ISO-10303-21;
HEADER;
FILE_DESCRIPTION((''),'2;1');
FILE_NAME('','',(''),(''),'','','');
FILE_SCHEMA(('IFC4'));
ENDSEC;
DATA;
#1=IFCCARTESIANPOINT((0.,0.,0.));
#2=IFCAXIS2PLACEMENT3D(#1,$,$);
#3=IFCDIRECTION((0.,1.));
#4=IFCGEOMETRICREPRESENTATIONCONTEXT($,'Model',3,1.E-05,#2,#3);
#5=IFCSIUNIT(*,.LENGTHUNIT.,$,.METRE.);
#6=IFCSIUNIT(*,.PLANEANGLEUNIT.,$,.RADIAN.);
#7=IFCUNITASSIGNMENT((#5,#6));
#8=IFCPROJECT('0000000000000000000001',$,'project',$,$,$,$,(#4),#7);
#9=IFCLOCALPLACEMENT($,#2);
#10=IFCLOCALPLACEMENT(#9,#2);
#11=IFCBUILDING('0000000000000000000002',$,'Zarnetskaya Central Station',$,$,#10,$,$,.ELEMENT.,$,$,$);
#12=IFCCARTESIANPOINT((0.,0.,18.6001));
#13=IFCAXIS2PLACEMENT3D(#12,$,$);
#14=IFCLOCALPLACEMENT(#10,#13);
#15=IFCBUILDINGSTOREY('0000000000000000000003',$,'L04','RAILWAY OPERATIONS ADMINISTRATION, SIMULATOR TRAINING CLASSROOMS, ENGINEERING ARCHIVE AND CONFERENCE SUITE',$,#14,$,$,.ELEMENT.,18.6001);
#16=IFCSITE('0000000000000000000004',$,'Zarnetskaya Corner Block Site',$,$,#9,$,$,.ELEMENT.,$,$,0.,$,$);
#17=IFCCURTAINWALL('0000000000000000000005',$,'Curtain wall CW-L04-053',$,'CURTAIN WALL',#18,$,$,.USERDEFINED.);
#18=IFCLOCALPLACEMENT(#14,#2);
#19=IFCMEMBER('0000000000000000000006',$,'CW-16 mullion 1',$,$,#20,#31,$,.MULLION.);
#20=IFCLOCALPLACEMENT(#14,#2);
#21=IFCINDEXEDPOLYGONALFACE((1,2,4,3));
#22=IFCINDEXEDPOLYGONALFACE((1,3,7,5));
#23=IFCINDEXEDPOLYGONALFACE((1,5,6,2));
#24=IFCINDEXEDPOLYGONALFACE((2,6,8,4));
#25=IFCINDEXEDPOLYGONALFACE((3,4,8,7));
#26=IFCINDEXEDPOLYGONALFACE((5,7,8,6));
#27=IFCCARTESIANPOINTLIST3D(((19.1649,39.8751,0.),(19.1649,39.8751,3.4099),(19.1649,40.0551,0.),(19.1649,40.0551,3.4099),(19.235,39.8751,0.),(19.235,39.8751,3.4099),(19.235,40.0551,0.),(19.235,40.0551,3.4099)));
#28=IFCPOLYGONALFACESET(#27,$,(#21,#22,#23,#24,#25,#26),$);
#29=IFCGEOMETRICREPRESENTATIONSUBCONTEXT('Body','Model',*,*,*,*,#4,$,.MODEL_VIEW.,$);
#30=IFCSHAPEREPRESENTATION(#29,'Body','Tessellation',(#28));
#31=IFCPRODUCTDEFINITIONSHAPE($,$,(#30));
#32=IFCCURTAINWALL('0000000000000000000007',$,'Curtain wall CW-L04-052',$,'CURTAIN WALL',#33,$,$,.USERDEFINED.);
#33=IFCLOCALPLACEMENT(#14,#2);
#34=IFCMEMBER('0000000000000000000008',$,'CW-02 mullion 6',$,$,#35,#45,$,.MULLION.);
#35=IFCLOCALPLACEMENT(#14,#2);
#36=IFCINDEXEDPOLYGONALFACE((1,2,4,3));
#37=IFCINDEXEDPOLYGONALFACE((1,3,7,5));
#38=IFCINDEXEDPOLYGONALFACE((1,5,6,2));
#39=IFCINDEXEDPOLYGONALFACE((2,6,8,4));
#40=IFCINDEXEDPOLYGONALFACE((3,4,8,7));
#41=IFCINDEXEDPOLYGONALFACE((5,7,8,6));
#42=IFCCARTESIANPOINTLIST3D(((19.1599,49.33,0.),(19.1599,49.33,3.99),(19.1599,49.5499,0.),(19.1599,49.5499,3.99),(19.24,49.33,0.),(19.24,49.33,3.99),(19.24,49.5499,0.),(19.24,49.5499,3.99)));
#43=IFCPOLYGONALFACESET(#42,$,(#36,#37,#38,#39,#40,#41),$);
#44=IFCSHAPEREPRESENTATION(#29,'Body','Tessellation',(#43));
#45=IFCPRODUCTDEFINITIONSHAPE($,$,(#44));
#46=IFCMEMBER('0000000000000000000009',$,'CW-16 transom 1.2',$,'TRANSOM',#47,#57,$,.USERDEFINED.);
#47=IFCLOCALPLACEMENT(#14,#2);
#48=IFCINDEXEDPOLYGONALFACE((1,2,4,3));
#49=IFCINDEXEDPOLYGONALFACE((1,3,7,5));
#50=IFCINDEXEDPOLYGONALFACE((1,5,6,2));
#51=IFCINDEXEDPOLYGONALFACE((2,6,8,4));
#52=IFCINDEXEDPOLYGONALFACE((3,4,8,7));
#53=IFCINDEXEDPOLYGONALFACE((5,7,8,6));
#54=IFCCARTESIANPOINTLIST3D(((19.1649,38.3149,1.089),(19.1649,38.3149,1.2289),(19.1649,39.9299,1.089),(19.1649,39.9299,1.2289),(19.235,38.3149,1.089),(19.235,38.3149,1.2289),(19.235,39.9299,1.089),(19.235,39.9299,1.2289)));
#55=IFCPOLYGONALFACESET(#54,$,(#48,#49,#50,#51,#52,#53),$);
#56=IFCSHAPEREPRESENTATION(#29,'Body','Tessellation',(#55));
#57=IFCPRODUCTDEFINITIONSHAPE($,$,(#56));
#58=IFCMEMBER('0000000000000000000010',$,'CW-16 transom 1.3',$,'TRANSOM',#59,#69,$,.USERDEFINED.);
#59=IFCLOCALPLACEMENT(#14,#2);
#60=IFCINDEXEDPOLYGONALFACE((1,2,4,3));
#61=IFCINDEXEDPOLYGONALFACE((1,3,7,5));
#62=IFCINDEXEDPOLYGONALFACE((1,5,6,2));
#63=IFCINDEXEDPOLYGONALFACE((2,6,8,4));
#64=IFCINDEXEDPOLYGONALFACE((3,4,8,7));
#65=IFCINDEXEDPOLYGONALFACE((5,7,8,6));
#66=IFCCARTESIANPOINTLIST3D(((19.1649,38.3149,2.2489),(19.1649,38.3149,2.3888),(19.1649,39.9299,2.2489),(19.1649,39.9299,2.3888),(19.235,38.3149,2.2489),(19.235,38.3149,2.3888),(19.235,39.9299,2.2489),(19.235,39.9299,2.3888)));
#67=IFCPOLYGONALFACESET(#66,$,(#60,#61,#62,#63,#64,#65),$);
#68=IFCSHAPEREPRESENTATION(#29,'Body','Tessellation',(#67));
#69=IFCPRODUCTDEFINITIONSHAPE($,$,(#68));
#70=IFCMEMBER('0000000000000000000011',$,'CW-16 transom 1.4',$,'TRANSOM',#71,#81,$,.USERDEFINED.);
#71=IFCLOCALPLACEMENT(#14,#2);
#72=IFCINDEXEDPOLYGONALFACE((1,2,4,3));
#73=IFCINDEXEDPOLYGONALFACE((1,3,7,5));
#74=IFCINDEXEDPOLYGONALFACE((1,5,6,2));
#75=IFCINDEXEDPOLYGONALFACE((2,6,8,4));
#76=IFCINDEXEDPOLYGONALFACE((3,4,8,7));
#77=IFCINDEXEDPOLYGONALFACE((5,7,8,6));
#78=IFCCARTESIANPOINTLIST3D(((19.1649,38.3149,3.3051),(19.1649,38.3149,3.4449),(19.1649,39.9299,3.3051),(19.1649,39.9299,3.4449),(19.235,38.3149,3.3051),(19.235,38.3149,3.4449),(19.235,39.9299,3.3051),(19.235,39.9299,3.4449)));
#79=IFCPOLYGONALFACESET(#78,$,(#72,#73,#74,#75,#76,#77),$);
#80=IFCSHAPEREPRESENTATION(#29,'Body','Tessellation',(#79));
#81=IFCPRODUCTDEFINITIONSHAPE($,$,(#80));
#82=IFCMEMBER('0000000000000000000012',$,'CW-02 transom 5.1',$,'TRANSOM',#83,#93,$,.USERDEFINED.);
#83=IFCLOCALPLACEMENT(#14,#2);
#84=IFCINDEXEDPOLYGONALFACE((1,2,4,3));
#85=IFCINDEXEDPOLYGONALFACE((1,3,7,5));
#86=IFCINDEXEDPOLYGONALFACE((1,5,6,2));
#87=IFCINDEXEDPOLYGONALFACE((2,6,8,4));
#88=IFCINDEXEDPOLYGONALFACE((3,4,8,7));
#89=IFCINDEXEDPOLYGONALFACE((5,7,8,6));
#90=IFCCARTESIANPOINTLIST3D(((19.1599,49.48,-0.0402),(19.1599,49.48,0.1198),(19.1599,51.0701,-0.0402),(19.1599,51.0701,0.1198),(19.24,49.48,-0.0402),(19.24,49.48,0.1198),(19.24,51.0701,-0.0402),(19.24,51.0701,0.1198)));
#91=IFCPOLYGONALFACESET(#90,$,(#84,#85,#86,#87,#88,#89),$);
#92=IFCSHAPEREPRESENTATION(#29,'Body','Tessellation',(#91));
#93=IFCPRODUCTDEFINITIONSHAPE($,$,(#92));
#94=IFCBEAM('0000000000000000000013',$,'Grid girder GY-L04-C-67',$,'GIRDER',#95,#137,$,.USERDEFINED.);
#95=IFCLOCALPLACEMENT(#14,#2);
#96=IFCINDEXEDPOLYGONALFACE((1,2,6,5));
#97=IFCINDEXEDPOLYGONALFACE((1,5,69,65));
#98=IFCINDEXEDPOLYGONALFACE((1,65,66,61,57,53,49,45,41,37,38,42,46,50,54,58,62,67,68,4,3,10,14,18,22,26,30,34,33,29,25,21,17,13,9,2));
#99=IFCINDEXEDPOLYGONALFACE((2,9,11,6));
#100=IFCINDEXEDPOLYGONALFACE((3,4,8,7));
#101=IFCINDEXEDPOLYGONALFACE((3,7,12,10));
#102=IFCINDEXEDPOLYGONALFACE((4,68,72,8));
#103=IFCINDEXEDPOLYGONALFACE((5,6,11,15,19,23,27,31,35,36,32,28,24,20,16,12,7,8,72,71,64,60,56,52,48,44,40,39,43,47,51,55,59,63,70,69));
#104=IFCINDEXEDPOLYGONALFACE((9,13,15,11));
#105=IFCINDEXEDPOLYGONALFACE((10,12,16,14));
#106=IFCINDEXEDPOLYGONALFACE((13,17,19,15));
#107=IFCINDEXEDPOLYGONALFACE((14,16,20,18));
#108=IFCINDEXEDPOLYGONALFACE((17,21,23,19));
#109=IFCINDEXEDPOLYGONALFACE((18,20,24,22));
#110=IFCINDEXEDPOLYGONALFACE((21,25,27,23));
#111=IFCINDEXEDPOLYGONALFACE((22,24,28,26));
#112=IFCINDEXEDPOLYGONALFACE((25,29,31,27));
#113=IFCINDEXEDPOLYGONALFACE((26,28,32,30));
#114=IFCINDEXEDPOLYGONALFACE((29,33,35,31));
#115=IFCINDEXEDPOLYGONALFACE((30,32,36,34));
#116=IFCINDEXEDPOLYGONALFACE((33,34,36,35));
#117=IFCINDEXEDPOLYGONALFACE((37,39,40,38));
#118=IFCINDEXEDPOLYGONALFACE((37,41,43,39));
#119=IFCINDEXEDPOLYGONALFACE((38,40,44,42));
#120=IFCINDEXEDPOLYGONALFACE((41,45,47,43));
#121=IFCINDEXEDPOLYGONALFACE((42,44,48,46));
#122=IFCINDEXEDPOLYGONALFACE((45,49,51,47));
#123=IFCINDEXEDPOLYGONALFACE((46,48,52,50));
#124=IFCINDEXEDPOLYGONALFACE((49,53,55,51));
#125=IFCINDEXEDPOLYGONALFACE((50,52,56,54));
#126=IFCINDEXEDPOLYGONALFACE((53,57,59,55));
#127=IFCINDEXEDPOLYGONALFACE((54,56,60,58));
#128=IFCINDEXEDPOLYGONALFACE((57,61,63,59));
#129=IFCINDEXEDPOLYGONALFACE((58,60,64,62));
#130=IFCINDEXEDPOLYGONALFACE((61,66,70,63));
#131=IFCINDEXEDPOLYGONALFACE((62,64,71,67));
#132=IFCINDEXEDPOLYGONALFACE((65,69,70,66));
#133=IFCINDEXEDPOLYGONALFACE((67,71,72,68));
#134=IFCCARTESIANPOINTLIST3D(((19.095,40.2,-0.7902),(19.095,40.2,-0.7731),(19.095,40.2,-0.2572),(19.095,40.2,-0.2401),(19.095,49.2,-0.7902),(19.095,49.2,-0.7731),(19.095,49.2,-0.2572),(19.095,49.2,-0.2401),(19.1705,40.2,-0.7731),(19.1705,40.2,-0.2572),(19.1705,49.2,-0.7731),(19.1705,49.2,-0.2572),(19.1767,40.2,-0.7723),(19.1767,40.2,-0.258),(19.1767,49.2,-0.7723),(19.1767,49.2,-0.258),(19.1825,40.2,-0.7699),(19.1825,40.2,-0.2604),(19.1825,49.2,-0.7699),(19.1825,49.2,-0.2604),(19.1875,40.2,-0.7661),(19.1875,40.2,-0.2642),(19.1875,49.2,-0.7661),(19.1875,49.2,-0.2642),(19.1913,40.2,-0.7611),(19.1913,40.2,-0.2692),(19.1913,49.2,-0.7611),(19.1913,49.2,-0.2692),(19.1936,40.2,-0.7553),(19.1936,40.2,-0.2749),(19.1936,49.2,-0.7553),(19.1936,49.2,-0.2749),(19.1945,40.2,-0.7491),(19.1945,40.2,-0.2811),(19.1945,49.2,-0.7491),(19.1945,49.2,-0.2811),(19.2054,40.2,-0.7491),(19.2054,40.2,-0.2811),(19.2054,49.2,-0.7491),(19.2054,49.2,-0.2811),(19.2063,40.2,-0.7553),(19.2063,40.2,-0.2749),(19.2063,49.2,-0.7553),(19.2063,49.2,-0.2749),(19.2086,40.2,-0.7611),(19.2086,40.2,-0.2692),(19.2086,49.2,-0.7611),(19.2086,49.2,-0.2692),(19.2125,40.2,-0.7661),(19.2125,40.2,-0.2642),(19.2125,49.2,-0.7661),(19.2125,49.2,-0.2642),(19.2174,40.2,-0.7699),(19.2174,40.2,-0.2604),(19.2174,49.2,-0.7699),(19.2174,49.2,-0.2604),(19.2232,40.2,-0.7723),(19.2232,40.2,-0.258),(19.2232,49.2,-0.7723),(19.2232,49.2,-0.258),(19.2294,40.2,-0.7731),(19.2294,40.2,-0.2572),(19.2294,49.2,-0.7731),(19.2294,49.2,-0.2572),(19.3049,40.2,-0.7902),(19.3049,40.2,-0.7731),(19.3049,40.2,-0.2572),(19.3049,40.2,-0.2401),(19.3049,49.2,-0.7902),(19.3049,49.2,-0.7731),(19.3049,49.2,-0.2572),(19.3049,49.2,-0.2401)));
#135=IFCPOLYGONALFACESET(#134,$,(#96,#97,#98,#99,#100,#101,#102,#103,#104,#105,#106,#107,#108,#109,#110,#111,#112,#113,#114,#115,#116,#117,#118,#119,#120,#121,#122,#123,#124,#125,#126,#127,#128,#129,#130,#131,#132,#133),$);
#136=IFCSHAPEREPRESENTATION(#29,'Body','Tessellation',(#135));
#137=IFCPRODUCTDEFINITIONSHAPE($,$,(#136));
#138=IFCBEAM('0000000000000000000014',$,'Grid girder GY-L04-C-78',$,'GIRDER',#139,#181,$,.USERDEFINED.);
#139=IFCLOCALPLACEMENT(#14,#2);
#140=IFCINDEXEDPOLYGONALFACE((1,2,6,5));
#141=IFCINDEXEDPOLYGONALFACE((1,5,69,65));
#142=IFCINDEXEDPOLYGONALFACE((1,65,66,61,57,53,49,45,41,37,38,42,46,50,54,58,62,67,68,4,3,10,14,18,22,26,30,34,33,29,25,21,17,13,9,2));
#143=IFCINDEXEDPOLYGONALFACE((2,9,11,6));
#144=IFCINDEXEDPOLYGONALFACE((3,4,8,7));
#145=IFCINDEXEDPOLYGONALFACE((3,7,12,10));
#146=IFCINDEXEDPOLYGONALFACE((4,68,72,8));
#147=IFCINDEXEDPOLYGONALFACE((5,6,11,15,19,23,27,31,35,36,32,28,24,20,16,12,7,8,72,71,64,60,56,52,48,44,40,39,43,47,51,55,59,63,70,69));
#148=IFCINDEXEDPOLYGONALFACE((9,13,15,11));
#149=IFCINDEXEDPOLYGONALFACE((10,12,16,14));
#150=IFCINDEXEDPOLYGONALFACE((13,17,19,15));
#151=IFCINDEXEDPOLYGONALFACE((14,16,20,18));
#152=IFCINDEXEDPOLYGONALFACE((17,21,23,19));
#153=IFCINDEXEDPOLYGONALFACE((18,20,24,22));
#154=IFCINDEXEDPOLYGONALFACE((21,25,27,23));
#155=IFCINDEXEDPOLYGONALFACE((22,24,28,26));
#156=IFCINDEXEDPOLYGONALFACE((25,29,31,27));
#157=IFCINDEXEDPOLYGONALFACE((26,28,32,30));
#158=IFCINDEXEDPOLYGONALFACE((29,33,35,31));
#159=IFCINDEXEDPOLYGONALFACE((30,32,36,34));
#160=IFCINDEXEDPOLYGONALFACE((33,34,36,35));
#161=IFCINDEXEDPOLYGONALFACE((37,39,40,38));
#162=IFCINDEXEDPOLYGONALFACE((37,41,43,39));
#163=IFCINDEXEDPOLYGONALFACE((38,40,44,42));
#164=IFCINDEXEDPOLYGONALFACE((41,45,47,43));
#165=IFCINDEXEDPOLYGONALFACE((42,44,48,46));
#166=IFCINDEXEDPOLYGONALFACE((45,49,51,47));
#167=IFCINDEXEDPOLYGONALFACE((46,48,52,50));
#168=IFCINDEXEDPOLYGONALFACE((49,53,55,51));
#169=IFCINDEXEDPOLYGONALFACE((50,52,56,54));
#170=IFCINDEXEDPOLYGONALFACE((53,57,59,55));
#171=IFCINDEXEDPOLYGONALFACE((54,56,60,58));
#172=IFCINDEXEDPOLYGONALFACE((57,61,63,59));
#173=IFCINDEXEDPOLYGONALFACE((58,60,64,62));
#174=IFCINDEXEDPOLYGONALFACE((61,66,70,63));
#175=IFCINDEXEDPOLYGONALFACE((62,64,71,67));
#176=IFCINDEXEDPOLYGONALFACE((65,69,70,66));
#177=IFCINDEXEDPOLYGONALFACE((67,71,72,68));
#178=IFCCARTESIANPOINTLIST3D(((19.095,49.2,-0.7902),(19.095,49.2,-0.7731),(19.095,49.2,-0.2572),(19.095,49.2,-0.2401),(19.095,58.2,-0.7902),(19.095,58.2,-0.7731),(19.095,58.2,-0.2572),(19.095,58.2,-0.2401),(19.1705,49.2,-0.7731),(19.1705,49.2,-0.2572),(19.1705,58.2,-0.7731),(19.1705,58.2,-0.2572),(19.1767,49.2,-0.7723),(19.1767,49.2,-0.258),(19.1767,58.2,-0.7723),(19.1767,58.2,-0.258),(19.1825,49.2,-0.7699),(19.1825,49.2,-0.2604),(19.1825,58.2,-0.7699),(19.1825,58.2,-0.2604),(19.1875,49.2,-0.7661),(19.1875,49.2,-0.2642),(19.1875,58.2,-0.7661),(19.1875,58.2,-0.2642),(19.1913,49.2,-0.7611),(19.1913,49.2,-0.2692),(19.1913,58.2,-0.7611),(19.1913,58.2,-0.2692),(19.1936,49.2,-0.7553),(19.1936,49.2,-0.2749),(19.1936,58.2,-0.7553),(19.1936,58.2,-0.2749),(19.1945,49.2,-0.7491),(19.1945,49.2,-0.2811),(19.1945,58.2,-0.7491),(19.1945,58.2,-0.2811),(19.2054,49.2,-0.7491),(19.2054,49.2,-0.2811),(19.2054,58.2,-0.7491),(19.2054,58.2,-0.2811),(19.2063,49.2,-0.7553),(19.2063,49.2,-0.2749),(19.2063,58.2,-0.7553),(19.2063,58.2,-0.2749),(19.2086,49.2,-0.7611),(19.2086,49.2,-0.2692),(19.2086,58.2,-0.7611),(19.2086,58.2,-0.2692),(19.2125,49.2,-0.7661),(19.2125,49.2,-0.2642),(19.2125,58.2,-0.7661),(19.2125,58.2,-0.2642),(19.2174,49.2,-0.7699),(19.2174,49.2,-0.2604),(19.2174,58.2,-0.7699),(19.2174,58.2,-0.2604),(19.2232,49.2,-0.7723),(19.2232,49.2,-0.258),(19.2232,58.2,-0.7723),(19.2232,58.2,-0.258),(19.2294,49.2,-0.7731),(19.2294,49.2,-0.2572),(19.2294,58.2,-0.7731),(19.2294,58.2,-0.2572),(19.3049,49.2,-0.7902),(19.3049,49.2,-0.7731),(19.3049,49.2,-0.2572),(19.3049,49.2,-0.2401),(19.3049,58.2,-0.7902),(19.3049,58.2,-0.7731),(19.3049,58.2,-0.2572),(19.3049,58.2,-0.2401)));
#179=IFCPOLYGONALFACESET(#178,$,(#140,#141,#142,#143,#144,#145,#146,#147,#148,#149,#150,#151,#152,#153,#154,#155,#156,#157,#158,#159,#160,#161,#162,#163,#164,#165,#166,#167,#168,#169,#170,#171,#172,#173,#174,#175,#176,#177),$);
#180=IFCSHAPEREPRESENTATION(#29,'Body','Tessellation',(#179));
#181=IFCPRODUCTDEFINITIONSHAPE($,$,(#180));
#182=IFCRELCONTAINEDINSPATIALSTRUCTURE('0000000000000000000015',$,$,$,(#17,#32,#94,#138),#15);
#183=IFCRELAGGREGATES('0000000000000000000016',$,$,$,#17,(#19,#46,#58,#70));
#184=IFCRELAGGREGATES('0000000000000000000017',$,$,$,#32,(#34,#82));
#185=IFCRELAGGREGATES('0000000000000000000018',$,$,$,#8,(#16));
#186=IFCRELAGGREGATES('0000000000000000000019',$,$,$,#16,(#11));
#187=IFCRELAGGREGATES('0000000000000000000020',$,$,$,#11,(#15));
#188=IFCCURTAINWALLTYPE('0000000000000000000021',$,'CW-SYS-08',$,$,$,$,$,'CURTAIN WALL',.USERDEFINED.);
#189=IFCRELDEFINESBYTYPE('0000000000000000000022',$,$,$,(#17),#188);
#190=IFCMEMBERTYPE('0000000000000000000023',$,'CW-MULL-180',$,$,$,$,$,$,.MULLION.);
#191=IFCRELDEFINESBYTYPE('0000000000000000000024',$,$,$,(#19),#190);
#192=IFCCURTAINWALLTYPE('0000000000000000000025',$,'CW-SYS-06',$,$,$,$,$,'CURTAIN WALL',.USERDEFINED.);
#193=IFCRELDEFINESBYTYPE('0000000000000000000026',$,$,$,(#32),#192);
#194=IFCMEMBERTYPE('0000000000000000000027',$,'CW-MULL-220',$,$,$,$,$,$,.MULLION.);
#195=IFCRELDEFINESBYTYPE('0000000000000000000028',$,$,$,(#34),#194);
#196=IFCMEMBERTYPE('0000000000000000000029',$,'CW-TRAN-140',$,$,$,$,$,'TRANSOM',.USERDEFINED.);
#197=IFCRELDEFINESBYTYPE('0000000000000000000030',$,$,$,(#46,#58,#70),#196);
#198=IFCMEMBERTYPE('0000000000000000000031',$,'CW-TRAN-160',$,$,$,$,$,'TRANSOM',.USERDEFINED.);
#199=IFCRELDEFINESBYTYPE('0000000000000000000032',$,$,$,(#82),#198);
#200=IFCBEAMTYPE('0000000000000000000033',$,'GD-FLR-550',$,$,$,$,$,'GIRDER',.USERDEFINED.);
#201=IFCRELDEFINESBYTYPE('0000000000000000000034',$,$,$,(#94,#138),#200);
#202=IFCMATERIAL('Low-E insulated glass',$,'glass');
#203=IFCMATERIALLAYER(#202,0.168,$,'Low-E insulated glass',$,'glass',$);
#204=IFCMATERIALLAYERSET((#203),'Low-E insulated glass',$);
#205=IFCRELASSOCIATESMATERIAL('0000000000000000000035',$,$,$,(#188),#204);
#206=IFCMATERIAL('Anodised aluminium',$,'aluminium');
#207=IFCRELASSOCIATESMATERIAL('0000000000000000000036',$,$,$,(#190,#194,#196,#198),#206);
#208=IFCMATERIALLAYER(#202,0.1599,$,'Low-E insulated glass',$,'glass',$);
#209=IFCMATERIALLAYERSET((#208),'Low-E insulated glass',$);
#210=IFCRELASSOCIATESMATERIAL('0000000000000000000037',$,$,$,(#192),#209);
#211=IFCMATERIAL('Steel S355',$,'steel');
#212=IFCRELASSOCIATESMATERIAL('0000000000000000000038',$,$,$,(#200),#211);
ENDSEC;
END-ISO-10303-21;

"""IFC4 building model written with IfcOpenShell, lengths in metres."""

from ifc_helpers import new_model, si_unit, direction, frame, origin, origin_2d, place, context, subcontext, project, spatial, rectangle, i_section, extrude, material, layer, layer_set, material_profile, profile_set, type_object, element, aggregate, save


model = new_model("IFC4")

# Units and contexts
model_context = context("Model", 3, precision=1e-05, world=origin(), true_north=direction((0.0, 1.0)))
body_context = subcontext(model_context, "Body", "Model", "MODEL_VIEW")
ifc_project = project(units=[si_unit("LENGTHUNIT", "METRE"), si_unit("PLANEANGLEUNIT", "RADIAN")], contexts=[model_context])

# Site, building, storey
site_placement = place(None, origin())
site = spatial("IfcSite", under=ifc_project, at=site_placement, Name="Zarnetskaya Corner Block Site", CompositionType="ELEMENT", RefElevation=0.0)
building_placement = place(site_placement, origin())
building = spatial("IfcBuilding", under=site, at=building_placement, Name="Zarnetskaya Central Station", CompositionType="ELEMENT")
storey_placement = place(building_placement, frame((0.0, 0.0, 18.6001)))
storey = spatial("IfcBuildingStorey", under=building, at=storey_placement, Name="L04", Description="RAILWAY OPERATIONS ADMINISTRATION, SIMULATOR TRAINING CLASSROOMS, ENGINEERING ARCHIVE AND CONFERENCE SUITE", CompositionType="ELEMENT", Elevation=18.6001)

# Shared definitions
ifc_material_1 = material(Name="Steel S355", Category="steel")

# Curtain walls, members
ifc_material_2 = material(Name="Low-E insulated glass", Category="glass")
ifc_layer_1 = layer(ifc_material_2, 0.168, Name="Low-E insulated glass", Category="glass")
ifc_layer_set_1 = layer_set([ifc_layer_1], Name="Low-E insulated glass")
curtain_wall_type_1 = type_object("IfcCurtainWallType", Name="CW-SYS-08", ElementType="CURTAIN WALL", PredefinedType="USERDEFINED", material=ifc_layer_set_1)
curtain_wall_1_placement = place(storey_placement, origin())
curtain_wall_1 = element("IfcCurtainWall", 1, at=curtain_wall_1_placement, inside=storey, type_object=curtain_wall_type_1, Name="Curtain wall CW-L04-053", ObjectType="CURTAIN WALL", PredefinedType="USERDEFINED")
ifc_material_3 = material(Name="Anodised aluminium", Category="aluminium")
ifc_material_profile_1 = material_profile(ifc_material_3, rectangle(XDim=0.0701, YDim=0.1799, at=origin_2d()), Name="ALU MULL 70x180")
ifc_profile_set_1 = profile_set([ifc_material_profile_1], Name="Anodised aluminium")
member_type_1 = type_object("IfcMemberType", Name="CW-MULL-180", PredefinedType="MULLION", material=ifc_profile_set_1)
member_1_placement = place(storey_placement, frame((19.2, 39.9651, 0.0), z_axis=(0.0, 0.0, 1.0), x_axis=(1.0, 0.0, 0.0)))
member_1 = element("IfcMember", 2, at=member_1_placement, type_object=member_type_1, Name="CW-16 mullion 1", PredefinedType="MULLION", context=body_context, shape_type="SweptSolid", body=[
    extrude(rectangle(XDim=0.0701, YDim=0.1799, at=origin_2d()), origin(), (0.0, 0.0, 1.0), 3.4099),
])
ifc_layer_2 = layer(ifc_material_2, 0.1599, Name="Low-E insulated glass", Category="glass")
ifc_layer_set_2 = layer_set([ifc_layer_2], Name="Low-E insulated glass")
curtain_wall_type_2 = type_object("IfcCurtainWallType", Name="CW-SYS-06", ElementType="CURTAIN WALL", PredefinedType="USERDEFINED", material=ifc_layer_set_2)
curtain_wall_2_placement = place(storey_placement, origin())
curtain_wall_2 = element("IfcCurtainWall", 3, at=curtain_wall_2_placement, inside=storey, type_object=curtain_wall_type_2, Name="Curtain wall CW-L04-052", ObjectType="CURTAIN WALL", PredefinedType="USERDEFINED")
ifc_material_profile_2 = material_profile(ifc_material_3, rectangle(XDim=0.0801, YDim=0.22, at=origin_2d()), Name="ALU MULL 80x220")
ifc_profile_set_2 = profile_set([ifc_material_profile_2], Name="Anodised aluminium")
member_type_2 = type_object("IfcMemberType", Name="CW-MULL-220", PredefinedType="MULLION", material=ifc_profile_set_2)
member_2_placement = place(storey_placement, frame((19.2, 49.4399, 0.0), z_axis=(0.0, 0.0, 1.0), x_axis=(1.0, 0.0, 0.0)))
member_2 = element("IfcMember", 4, at=member_2_placement, type_object=member_type_2, Name="CW-02 mullion 6", PredefinedType="MULLION", context=body_context, shape_type="SweptSolid", body=[
    extrude(rectangle(XDim=0.0801, YDim=0.22, at=origin_2d()), origin(), (0.0, 0.0, 1.0), 3.99),
])

# Members
ifc_material_profile_3 = material_profile(ifc_material_3, rectangle(XDim=0.0701, YDim=0.1399, at=origin_2d()), Name="ALU TRAN 70x140")
ifc_profile_set_3 = profile_set([ifc_material_profile_3], Name="Anodised aluminium")
member_type_3 = type_object("IfcMemberType", Name="CW-TRAN-140", ElementType="TRANSOM", PredefinedType="USERDEFINED", material=ifc_profile_set_3)
member_3_placement = place(storey_placement, frame((19.2, 39.9299, 1.1589), z_axis=(0.0, -1.0, 0.0), x_axis=(1.0, 0.0, 0.0)))
member_3 = element("IfcMember", 5, at=member_3_placement, type_object=member_type_3, Name="CW-16 transom 1.2", ObjectType="TRANSOM", PredefinedType="USERDEFINED", context=body_context, shape_type="SweptSolid", body=[
    extrude(rectangle(XDim=0.0701, YDim=0.1399, at=origin_2d()), origin(), (0.0, 0.0, 1.0), 1.615),
])
member_4_placement = place(storey_placement, frame((19.2, 39.9299, 2.3188), z_axis=(0.0, -1.0, 0.0), x_axis=(1.0, 0.0, 0.0)))
member_4 = element("IfcMember", 6, at=member_4_placement, type_object=member_type_3, Name="CW-16 transom 1.3", ObjectType="TRANSOM", PredefinedType="USERDEFINED", context=body_context, shape_type="SweptSolid", body=[
    extrude(rectangle(XDim=0.0701, YDim=0.1399, at=origin_2d()), origin(), (0.0, 0.0, 1.0), 1.615),
])
member_5_placement = place(storey_placement, frame((19.2, 39.9299, 3.375), z_axis=(0.0, -1.0, 0.0), x_axis=(1.0, 0.0, 0.0)))
member_5 = element("IfcMember", 7, at=member_5_placement, type_object=member_type_3, Name="CW-16 transom 1.4", ObjectType="TRANSOM", PredefinedType="USERDEFINED", context=body_context, shape_type="SweptSolid", body=[
    extrude(rectangle(XDim=0.0701, YDim=0.1399, at=origin_2d()), origin(), (0.0, 0.0, 1.0), 1.615),
])
aggregate(curtain_wall_1, [member_1, member_3, member_4, member_5])
ifc_material_profile_4 = material_profile(ifc_material_3, rectangle(XDim=0.0801, YDim=0.1599, at=origin_2d()), Name="ALU TRAN 80x160")
ifc_profile_set_4 = profile_set([ifc_material_profile_4], Name="Anodised aluminium")
member_type_4 = type_object("IfcMemberType", Name="CW-TRAN-160", ElementType="TRANSOM", PredefinedType="USERDEFINED", material=ifc_profile_set_4)
member_6_placement = place(storey_placement, frame((19.2, 51.0701, 0.0398), z_axis=(0.0, -1.0, 0.0), x_axis=(1.0, 0.0, 0.0)))
member_6 = element("IfcMember", 8, at=member_6_placement, type_object=member_type_4, Name="CW-02 transom 5.1", ObjectType="TRANSOM", PredefinedType="USERDEFINED", context=body_context, shape_type="SweptSolid", body=[
    extrude(rectangle(XDim=0.0801, YDim=0.1599, at=origin_2d()), origin(), (0.0, 0.0, 1.0), 1.5901),
])

# Beams
ifc_material_profile_5 = material_profile(ifc_material_1, i_section(OverallWidth=0.21, OverallDepth=0.55, WebThickness=0.011, FlangeThickness=0.0171, FilletRadius=0.0239, at=origin_2d()), Name="IPE 550")
ifc_profile_set_5 = profile_set([ifc_material_profile_5], Name="Steel S355")
beam_type_1 = type_object("IfcBeamType", Name="GD-FLR-550", ElementType="GIRDER", PredefinedType="USERDEFINED", material=ifc_profile_set_5)
for number, where, z_axis, x_axis, name in (
    (9, (19.2, 40.2, -0.5151), (0.0, 1.0, 0.0), (-1.0, 0.0, 0.0), "Grid girder GY-L04-C-67"),
    (10, (19.2, 49.2, -0.5151), (0.0, 1.0, 0.0), (-1.0, 0.0, 0.0), "Grid girder GY-L04-C-78"),
):
    element("IfcBeam", number, at=place(storey_placement, frame(where, z_axis=z_axis, x_axis=x_axis)), inside=storey, type_object=beam_type_1, Name=name, ObjectType="GIRDER", PredefinedType="USERDEFINED", context=body_context, shape_type="SweptSolid", body=[
        extrude(i_section(OverallWidth=0.21, OverallDepth=0.55, WebThickness=0.011, FlangeThickness=0.0171, FilletRadius=0.0239, at=origin_2d()), origin(), (0.0, 0.0, 1.0), 9.0),
    ])

aggregate(curtain_wall_2, [member_2, member_6])

save(model, "model.ifc")
